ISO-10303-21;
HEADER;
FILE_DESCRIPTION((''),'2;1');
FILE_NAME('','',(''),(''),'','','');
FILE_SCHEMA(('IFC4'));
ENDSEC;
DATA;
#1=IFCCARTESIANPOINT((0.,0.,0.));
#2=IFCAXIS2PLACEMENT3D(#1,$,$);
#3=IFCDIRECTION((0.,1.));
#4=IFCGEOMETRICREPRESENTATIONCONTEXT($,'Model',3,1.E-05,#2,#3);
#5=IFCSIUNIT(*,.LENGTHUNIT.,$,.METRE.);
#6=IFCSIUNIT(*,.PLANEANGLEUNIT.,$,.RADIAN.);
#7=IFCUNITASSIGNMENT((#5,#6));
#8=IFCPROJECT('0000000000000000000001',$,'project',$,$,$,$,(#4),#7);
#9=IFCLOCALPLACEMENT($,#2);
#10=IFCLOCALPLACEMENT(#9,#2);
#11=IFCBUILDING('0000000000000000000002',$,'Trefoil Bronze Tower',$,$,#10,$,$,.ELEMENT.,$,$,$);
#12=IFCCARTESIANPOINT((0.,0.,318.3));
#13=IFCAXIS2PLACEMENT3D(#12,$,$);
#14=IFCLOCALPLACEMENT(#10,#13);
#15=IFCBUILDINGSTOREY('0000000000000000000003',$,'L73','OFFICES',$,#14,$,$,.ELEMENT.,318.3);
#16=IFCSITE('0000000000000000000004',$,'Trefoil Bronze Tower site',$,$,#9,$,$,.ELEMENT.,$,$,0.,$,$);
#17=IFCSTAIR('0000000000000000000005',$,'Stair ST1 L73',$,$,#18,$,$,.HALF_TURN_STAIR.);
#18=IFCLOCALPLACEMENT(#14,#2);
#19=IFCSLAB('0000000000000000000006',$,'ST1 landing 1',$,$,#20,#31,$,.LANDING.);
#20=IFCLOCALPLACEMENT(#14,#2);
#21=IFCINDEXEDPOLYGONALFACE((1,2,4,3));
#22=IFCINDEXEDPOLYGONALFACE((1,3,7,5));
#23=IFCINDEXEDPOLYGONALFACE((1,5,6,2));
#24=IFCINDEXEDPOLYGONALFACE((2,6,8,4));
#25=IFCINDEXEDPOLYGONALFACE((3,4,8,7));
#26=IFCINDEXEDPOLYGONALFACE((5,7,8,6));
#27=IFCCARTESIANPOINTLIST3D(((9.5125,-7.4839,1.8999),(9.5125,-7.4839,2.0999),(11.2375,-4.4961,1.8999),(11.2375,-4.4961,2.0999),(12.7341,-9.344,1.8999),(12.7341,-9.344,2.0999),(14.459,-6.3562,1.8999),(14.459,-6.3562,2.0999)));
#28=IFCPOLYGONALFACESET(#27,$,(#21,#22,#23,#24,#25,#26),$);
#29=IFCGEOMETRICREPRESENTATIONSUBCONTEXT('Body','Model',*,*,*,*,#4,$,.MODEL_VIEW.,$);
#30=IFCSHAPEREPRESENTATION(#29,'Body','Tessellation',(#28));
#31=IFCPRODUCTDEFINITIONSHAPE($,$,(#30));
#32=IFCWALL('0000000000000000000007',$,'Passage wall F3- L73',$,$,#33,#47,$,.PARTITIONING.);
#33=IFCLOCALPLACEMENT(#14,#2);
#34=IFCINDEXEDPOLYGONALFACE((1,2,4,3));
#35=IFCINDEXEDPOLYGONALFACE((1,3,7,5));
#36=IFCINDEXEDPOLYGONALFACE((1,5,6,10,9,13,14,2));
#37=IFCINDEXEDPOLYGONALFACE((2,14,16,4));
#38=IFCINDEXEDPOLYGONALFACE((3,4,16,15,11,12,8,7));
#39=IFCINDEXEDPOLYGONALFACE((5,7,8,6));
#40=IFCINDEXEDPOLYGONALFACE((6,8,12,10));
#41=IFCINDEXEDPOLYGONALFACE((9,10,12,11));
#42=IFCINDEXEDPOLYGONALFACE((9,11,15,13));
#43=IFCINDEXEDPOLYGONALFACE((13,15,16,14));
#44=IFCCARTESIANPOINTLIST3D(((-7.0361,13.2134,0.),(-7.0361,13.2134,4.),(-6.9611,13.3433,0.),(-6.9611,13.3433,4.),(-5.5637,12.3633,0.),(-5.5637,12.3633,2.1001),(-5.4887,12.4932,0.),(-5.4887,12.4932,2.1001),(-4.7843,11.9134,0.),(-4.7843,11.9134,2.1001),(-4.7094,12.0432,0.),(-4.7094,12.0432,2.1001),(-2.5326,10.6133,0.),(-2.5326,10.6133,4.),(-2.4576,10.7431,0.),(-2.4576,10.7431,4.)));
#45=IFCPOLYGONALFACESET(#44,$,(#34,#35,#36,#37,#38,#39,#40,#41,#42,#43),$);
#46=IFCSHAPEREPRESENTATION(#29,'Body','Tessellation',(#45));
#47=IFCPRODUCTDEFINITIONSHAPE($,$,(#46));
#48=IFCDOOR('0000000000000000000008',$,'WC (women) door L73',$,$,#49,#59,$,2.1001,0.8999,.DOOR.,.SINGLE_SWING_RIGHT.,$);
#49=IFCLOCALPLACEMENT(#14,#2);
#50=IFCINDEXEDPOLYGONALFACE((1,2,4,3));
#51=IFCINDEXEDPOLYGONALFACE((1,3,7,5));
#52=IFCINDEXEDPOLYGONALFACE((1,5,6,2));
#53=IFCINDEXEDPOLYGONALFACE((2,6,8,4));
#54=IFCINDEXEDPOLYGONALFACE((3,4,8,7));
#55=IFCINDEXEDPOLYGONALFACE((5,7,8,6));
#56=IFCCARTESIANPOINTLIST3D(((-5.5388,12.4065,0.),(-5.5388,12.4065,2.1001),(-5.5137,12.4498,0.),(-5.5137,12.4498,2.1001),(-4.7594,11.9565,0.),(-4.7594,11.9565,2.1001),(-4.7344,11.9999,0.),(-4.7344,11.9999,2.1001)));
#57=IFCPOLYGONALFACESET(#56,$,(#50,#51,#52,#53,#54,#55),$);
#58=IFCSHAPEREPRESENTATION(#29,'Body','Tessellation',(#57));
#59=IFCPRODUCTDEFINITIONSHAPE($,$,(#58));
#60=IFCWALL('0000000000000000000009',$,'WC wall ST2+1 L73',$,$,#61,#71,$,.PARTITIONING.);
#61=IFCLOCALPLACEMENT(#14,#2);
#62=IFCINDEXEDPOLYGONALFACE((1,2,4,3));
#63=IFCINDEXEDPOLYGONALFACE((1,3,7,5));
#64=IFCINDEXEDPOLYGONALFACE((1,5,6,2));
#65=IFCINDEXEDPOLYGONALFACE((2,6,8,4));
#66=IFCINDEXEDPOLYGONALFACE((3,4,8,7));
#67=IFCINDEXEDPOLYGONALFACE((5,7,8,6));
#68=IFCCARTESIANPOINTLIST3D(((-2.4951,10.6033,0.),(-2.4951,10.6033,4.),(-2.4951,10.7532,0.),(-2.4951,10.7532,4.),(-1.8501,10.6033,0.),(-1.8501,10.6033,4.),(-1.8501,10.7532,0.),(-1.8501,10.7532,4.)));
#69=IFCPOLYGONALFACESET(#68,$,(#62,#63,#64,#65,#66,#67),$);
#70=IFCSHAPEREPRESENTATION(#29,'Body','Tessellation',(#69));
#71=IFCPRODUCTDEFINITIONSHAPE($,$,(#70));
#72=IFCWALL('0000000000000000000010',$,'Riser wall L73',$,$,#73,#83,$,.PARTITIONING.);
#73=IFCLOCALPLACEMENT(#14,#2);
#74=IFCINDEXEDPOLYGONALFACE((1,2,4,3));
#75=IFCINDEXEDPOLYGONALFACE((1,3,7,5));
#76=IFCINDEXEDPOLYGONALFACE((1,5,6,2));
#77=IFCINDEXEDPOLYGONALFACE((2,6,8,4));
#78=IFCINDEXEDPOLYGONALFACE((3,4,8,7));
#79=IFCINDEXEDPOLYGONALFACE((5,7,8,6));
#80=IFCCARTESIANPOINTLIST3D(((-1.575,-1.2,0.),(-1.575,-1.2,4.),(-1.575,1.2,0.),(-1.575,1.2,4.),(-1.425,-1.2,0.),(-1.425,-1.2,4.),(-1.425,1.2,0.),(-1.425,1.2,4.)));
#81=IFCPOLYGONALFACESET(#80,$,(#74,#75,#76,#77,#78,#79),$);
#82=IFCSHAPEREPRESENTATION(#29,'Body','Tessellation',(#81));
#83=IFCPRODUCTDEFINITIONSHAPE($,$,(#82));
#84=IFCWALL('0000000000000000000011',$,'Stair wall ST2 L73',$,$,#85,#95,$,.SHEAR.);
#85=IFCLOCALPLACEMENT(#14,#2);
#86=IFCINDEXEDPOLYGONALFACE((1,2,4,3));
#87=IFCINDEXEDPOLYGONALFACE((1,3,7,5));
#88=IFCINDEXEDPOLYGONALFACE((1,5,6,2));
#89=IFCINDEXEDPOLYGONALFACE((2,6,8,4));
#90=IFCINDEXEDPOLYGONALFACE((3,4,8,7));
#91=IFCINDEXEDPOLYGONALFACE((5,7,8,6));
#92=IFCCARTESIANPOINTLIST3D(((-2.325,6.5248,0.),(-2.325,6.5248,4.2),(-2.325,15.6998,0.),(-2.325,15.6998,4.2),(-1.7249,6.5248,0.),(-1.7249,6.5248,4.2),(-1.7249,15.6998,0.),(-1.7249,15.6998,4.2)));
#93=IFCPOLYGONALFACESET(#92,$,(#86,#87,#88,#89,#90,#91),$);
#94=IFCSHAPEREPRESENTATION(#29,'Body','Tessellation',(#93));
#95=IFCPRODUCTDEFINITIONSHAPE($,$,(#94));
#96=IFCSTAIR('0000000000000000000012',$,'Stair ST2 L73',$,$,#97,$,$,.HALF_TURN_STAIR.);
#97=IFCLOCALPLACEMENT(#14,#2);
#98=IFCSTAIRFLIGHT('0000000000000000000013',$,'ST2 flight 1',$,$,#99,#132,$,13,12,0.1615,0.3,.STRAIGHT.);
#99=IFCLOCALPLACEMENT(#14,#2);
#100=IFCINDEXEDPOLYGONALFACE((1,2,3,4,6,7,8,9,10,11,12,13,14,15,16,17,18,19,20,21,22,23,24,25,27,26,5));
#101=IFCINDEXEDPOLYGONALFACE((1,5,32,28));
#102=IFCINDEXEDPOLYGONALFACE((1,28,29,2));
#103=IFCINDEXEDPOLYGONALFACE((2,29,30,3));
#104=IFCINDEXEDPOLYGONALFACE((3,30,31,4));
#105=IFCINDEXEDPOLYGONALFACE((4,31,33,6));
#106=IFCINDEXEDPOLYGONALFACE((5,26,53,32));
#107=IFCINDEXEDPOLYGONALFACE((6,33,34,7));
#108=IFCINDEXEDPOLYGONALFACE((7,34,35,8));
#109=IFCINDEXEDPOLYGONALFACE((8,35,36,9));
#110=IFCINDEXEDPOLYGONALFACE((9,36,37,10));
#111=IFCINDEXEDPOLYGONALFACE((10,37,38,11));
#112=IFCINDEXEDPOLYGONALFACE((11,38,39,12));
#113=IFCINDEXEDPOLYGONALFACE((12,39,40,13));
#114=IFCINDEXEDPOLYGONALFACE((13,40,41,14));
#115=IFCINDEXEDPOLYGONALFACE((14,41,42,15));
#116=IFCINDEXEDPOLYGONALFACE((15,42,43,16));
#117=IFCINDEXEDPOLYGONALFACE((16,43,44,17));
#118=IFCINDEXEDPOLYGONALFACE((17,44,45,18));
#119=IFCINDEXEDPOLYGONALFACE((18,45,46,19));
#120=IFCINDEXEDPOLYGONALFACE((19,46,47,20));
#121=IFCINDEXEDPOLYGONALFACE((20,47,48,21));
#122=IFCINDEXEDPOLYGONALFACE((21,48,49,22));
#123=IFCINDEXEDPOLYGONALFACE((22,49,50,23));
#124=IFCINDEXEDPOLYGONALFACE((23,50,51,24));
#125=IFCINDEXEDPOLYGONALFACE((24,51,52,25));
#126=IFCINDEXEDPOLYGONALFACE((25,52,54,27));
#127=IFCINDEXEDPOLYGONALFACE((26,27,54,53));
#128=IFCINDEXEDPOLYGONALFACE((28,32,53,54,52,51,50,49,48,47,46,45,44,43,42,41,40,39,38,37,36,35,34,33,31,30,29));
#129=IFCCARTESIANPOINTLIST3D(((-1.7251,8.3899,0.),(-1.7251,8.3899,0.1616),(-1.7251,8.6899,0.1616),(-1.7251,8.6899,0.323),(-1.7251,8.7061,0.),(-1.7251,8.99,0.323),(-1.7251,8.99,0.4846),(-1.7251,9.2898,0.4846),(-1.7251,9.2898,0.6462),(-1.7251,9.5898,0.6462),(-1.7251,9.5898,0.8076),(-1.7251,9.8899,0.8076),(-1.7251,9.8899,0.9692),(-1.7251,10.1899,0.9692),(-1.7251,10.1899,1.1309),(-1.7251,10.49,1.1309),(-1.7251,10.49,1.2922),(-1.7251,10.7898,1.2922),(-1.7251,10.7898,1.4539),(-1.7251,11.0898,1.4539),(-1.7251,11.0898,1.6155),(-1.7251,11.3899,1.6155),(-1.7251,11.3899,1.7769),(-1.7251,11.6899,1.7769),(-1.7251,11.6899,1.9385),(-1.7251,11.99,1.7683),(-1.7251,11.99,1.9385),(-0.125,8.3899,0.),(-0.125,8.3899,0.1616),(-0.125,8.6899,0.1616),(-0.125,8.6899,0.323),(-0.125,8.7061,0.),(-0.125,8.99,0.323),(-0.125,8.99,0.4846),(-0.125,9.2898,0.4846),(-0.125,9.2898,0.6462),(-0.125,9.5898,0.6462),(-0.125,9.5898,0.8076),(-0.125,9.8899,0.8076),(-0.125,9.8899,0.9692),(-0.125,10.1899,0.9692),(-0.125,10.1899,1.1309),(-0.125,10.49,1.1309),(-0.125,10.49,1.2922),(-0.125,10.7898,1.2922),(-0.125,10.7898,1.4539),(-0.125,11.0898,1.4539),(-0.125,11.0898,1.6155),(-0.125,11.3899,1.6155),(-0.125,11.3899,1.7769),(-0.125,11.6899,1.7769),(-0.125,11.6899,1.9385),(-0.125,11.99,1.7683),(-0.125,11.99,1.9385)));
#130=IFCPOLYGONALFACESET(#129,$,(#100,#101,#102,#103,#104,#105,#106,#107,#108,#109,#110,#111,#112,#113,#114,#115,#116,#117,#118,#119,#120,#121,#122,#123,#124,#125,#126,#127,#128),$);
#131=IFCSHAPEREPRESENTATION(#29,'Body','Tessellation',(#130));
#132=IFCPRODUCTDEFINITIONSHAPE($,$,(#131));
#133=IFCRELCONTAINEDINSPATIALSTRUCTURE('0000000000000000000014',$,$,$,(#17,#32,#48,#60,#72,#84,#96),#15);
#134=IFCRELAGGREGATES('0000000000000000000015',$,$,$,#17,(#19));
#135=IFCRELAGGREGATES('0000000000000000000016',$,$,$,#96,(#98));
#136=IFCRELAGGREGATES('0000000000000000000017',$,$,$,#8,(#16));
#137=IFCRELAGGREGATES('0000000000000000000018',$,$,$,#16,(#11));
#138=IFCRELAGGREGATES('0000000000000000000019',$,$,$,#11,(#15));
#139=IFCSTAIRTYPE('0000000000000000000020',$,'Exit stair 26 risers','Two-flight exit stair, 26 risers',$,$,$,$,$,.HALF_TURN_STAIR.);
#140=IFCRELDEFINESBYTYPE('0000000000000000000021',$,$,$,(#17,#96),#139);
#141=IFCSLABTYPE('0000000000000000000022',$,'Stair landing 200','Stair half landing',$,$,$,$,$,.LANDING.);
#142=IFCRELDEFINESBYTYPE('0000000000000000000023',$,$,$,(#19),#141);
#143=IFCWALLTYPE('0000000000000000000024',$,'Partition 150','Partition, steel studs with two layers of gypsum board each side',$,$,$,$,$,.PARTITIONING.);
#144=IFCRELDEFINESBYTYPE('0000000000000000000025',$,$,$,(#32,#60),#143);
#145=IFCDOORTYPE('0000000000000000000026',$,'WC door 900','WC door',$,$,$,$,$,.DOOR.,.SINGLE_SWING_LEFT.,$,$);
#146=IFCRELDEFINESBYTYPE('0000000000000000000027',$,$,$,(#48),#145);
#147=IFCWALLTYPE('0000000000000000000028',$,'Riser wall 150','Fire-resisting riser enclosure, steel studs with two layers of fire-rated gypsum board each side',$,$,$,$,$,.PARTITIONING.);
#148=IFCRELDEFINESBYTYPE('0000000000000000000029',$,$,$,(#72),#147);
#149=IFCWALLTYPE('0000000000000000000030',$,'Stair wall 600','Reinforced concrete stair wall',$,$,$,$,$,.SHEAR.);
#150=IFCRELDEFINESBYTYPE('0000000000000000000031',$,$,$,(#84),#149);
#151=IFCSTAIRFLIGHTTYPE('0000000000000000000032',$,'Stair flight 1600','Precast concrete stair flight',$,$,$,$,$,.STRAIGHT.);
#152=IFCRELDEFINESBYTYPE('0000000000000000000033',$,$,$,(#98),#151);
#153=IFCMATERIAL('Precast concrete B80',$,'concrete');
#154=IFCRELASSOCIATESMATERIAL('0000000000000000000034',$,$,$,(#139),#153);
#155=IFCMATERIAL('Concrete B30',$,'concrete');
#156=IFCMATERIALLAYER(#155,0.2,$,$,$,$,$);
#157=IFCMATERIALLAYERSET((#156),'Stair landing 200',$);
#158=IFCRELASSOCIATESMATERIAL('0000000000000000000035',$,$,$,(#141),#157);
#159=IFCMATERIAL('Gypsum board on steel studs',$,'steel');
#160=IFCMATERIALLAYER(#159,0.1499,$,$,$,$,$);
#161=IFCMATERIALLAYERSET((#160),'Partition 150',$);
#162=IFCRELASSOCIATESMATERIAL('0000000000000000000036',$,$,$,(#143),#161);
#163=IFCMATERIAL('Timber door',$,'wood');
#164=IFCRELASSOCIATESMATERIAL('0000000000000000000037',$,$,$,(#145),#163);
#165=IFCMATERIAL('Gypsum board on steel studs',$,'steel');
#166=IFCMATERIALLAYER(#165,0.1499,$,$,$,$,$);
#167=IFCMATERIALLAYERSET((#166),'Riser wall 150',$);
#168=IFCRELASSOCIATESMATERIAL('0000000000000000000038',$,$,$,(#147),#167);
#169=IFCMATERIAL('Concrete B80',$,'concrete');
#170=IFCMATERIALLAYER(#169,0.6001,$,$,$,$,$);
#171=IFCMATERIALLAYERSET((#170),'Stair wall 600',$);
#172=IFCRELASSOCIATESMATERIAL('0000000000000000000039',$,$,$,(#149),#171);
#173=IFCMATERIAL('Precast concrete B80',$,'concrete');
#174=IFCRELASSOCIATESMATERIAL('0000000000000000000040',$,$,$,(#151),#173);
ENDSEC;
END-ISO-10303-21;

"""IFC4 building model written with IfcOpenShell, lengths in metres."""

from ifc_helpers import new_model, si_unit, direction, frame, frame_2d, origin, place, context, subcontext, project, spatial, polyline, rectangle, outline, extrude, material, layer, layer_set, type_object, element, fill, aggregate, save


model = new_model("IFC4")

# Units and contexts
model_context = context("Model", 3, precision=1e-05, world=origin(), true_north=direction((0.0, 1.0)))
body_context = subcontext(model_context, "Body", "Model", "MODEL_VIEW")
ifc_project = project(units=[si_unit("LENGTHUNIT", "METRE"), si_unit("PLANEANGLEUNIT", "RADIAN")], contexts=[model_context])

# Site, building, storey
site_placement = place(None, origin())
site = spatial("IfcSite", under=ifc_project, at=site_placement, Name="Trefoil Bronze Tower site", CompositionType="ELEMENT", RefElevation=0.0)
building_placement = place(site_placement, origin())
building = spatial("IfcBuilding", under=site, at=building_placement, Name="Trefoil Bronze Tower", CompositionType="ELEMENT")
storey_placement = place(building_placement, frame((0.0, 0.0, 318.3)))
storey = spatial("IfcBuildingStorey", under=building, at=storey_placement, Name="L73", Description="OFFICES", CompositionType="ELEMENT", Elevation=318.3)

# Stair, slab
ifc_material_1 = material(Name="Precast concrete B80", Category="concrete")
stair_type = type_object("IfcStairType", Name="Exit stair 26 risers", Description="Two-flight exit stair, 26 risers", PredefinedType="HALF_TURN_STAIR", material=ifc_material_1)
stair_1_placement = place(storey_placement, origin())
stair_1 = element("IfcStair", 1, at=stair_1_placement, inside=storey, type_object=stair_type, Name="Stair ST1 L73", PredefinedType="HALF_TURN_STAIR")
ifc_material_2 = material(Name="Concrete B30", Category="concrete")
ifc_layer_1 = layer(ifc_material_2, 0.2)
ifc_layer_set_1 = layer_set([ifc_layer_1], Name="Stair landing 200")
slab_type = type_object("IfcSlabType", Name="Stair landing 200", Description="Stair half landing", PredefinedType="LANDING", material=ifc_layer_set_1)
slab_placement = place(storey_placement, frame((0.0, 0.0, 1.8999)))
slab = element("IfcSlab", 2, at=slab_placement, type_object=slab_type, Name="ST1 landing 1", PredefinedType="LANDING", context=body_context, shape_type="SweptSolid", body=[
    extrude(outline(polyline([(9.5125, -7.4839), (12.7341, -9.344), (14.459, -6.3562), (11.2375, -4.4961), (9.5125, -7.4839)])), origin(), (0.0, 0.0, 1.0), 0.2),
])
aggregate(stair_1, [slab])

# Wall, opening, door
ifc_material_3 = material(Name="Gypsum board on steel studs", Category="steel")
ifc_layer_2 = layer(ifc_material_3, 0.1499)
ifc_layer_set_2 = layer_set([ifc_layer_2], Name="Partition 150")
wall_type_1 = type_object("IfcWallType", Name="Partition 150", Description="Partition, steel studs with two layers of gypsum board each side", PredefinedType="PARTITIONING", material=ifc_layer_set_2)
wall_1_placement = place(storey_placement, frame((-2.4951, 10.6782, 0.0), z_axis=(0.0, 0.0, 1.0), x_axis=(-0.866021, 0.500007, 0.0)))
wall_1 = element("IfcWall", 3, at=wall_1_placement, inside=storey, type_object=wall_type_1, Name="Passage wall F3- L73", PredefinedType="PARTITIONING", context=body_context, shape_type="SweptSolid", body=[
    extrude(rectangle(XDim=5.2002, YDim=0.1499, at=frame_2d((2.6001, 0.0))), origin(), (0.0, 0.0, 1.0), 4.0),
])
opening_placement = place(wall_1_placement, frame((2.6001, 0.0, 0.0)))
opening = element("IfcOpeningElement", 4, at=opening_placement, cuts=wall_1, PredefinedType="OPENING", context=body_context, shape_type="SweptSolid", body=[
    extrude(rectangle(XDim=0.8999, YDim=2.1001, at=frame_2d((0.45, 1.05))), frame((0.0, 0.085, 0.0), z_axis=(0.0, -1.0, 0.0), x_axis=(1.0, 0.0, 0.0)), (0.0, 0.0, 1.0), 0.1699),
])
ifc_material_4 = material(Name="Timber door", Category="wood")
door_type = type_object("IfcDoorType", Name="WC door 900", Description="WC door", OperationType="SINGLE_SWING_LEFT", PredefinedType="DOOR", material=ifc_material_4)
door_placement = place(opening_placement, frame((0.8999, 0.0, 0.0), z_axis=(0.0, 0.0, 1.0), x_axis=(-1.0, 0.0, 0.0)))
door = element("IfcDoor", 5, at=door_placement, inside=storey, type_object=door_type, Name="WC (women) door L73", OperationType="SINGLE_SWING_RIGHT", OverallHeight=2.1001, OverallWidth=0.8999, PredefinedType="DOOR", context=body_context, shape_type="SweptSolid", body=[
    extrude(rectangle(XDim=0.8999, YDim=2.1001, at=frame_2d((0.45, 1.05))), frame((0.0, 0.0249, 0.0), z_axis=(0.0, -1.0, 0.0), x_axis=(1.0, 0.0, 0.0)), (0.0, 0.0, 1.0), 0.05),
])
fill(opening, door)

# Walls
wall_2_placement = place(storey_placement, frame((-2.4951, 10.6782, 0.0), z_axis=(0.0, 0.0, 1.0), x_axis=(1.0, 0.0, 0.0)))
element("IfcWall", 6, at=wall_2_placement, inside=storey, type_object=wall_type_1, Name="WC wall ST2+1 L73", PredefinedType="PARTITIONING", context=body_context, shape_type="SweptSolid", body=[
    extrude(rectangle(XDim=0.645, YDim=0.1499, at=frame_2d((0.3225, 0.0))), origin(), (0.0, 0.0, 1.0), 4.0),
])
ifc_material_5 = material(Name="Gypsum board on steel studs", Category="steel")
ifc_layer_3 = layer(ifc_material_5, 0.1499)
ifc_layer_set_3 = layer_set([ifc_layer_3], Name="Riser wall 150")
wall_type_2 = type_object("IfcWallType", Name="Riser wall 150", Description="Fire-resisting riser enclosure, steel studs with two layers of fire-rated gypsum board each side", PredefinedType="PARTITIONING", material=ifc_layer_set_3)
wall_3_placement = place(storey_placement, frame((-1.5, 1.2, 0.0), z_axis=(0.0, 0.0, 1.0), x_axis=(0.0, -1.0, 0.0)))
element("IfcWall", 7, at=wall_3_placement, inside=storey, type_object=wall_type_2, Name="Riser wall L73", PredefinedType="PARTITIONING", context=body_context, shape_type="SweptSolid", body=[
    extrude(rectangle(XDim=2.3999, YDim=0.1499, at=frame_2d((1.2, 0.0))), origin(), (0.0, 0.0, 1.0), 4.0),
])
ifc_material_6 = material(Name="Concrete B80", Category="concrete")
ifc_layer_4 = layer(ifc_material_6, 0.6001)
ifc_layer_set_4 = layer_set([ifc_layer_4], Name="Stair wall 600")
wall_type_3 = type_object("IfcWallType", Name="Stair wall 600", Description="Reinforced concrete stair wall", PredefinedType="SHEAR", material=ifc_layer_set_4)
wall_4_placement = place(storey_placement, frame((-2.0249, 6.5249, 0.0), z_axis=(0.0, 0.0, 1.0), x_axis=(0.0, 1.0, 0.0)))
element("IfcWall", 8, at=wall_4_placement, inside=storey, type_object=wall_type_3, Name="Stair wall ST2 L73", PredefinedType="SHEAR", context=body_context, shape_type="SweptSolid", body=[
    extrude(rectangle(XDim=9.175, YDim=0.6001, at=frame_2d((4.5874, 0.0))), origin(), (0.0, 0.0, 1.0), 4.2),
])

# Stair, stair flight
stair_2_placement = place(storey_placement, origin())
stair_2 = element("IfcStair", 9, at=stair_2_placement, inside=storey, type_object=stair_type, Name="Stair ST2 L73", PredefinedType="HALF_TURN_STAIR")
ifc_material_7 = material(Name="Precast concrete B80", Category="concrete")
stair_flight_type = type_object("IfcStairFlightType", Name="Stair flight 1600", Description="Precast concrete stair flight", PredefinedType="STRAIGHT", material=ifc_material_7)
stair_flight_placement = place(storey_placement, frame((-0.925, 8.3899, 0.0), z_axis=(0.0, 0.0, 1.0), x_axis=(0.0, 1.0, 0.0)))
stair_flight = element("IfcStairFlight", 10, at=stair_flight_placement, type_object=stair_flight_type, Name="ST2 flight 1", NumberOfRisers=13, NumberOfTreads=12, PredefinedType="STRAIGHT", RiserHeight=0.1615, TreadLength=0.3, context=body_context, shape_type="SweptSolid", body=[
    extrude(outline(polyline([(0.0, 0.0), (0.0, 0.1616), (0.3, 0.1616), (0.3, 0.323), (0.6001, 0.323), (0.6001, 0.4846), (0.8999, 0.4846), (0.8999, 0.6462), (1.2, 0.6462), (1.2, 0.8076), (1.5, 0.8076), (1.5, 0.9692), (1.8, 0.9692), (1.8, 1.1309), (2.1001, 1.1309), (2.1001, 1.2922), (2.3999, 1.2922), (2.3999, 1.4539), (2.7, 1.4539), (2.7, 1.6155), (3.0, 1.6155), (3.0, 1.7769), (3.3, 1.7769), (3.3, 1.9385), (3.6001, 1.9385), (3.6001, 2.1001), (3.6001, 1.7683), (0.3162, 0.0), (0.0, 0.0)])), frame((0.0, 0.8, 0.0), z_axis=(0.0, -1.0, 0.0), x_axis=(1.0, 0.0, 0.0)), (0.0, 0.0, 1.0), 1.6001),
])
aggregate(stair_2, [stair_flight])

save(model, "model.ifc")
